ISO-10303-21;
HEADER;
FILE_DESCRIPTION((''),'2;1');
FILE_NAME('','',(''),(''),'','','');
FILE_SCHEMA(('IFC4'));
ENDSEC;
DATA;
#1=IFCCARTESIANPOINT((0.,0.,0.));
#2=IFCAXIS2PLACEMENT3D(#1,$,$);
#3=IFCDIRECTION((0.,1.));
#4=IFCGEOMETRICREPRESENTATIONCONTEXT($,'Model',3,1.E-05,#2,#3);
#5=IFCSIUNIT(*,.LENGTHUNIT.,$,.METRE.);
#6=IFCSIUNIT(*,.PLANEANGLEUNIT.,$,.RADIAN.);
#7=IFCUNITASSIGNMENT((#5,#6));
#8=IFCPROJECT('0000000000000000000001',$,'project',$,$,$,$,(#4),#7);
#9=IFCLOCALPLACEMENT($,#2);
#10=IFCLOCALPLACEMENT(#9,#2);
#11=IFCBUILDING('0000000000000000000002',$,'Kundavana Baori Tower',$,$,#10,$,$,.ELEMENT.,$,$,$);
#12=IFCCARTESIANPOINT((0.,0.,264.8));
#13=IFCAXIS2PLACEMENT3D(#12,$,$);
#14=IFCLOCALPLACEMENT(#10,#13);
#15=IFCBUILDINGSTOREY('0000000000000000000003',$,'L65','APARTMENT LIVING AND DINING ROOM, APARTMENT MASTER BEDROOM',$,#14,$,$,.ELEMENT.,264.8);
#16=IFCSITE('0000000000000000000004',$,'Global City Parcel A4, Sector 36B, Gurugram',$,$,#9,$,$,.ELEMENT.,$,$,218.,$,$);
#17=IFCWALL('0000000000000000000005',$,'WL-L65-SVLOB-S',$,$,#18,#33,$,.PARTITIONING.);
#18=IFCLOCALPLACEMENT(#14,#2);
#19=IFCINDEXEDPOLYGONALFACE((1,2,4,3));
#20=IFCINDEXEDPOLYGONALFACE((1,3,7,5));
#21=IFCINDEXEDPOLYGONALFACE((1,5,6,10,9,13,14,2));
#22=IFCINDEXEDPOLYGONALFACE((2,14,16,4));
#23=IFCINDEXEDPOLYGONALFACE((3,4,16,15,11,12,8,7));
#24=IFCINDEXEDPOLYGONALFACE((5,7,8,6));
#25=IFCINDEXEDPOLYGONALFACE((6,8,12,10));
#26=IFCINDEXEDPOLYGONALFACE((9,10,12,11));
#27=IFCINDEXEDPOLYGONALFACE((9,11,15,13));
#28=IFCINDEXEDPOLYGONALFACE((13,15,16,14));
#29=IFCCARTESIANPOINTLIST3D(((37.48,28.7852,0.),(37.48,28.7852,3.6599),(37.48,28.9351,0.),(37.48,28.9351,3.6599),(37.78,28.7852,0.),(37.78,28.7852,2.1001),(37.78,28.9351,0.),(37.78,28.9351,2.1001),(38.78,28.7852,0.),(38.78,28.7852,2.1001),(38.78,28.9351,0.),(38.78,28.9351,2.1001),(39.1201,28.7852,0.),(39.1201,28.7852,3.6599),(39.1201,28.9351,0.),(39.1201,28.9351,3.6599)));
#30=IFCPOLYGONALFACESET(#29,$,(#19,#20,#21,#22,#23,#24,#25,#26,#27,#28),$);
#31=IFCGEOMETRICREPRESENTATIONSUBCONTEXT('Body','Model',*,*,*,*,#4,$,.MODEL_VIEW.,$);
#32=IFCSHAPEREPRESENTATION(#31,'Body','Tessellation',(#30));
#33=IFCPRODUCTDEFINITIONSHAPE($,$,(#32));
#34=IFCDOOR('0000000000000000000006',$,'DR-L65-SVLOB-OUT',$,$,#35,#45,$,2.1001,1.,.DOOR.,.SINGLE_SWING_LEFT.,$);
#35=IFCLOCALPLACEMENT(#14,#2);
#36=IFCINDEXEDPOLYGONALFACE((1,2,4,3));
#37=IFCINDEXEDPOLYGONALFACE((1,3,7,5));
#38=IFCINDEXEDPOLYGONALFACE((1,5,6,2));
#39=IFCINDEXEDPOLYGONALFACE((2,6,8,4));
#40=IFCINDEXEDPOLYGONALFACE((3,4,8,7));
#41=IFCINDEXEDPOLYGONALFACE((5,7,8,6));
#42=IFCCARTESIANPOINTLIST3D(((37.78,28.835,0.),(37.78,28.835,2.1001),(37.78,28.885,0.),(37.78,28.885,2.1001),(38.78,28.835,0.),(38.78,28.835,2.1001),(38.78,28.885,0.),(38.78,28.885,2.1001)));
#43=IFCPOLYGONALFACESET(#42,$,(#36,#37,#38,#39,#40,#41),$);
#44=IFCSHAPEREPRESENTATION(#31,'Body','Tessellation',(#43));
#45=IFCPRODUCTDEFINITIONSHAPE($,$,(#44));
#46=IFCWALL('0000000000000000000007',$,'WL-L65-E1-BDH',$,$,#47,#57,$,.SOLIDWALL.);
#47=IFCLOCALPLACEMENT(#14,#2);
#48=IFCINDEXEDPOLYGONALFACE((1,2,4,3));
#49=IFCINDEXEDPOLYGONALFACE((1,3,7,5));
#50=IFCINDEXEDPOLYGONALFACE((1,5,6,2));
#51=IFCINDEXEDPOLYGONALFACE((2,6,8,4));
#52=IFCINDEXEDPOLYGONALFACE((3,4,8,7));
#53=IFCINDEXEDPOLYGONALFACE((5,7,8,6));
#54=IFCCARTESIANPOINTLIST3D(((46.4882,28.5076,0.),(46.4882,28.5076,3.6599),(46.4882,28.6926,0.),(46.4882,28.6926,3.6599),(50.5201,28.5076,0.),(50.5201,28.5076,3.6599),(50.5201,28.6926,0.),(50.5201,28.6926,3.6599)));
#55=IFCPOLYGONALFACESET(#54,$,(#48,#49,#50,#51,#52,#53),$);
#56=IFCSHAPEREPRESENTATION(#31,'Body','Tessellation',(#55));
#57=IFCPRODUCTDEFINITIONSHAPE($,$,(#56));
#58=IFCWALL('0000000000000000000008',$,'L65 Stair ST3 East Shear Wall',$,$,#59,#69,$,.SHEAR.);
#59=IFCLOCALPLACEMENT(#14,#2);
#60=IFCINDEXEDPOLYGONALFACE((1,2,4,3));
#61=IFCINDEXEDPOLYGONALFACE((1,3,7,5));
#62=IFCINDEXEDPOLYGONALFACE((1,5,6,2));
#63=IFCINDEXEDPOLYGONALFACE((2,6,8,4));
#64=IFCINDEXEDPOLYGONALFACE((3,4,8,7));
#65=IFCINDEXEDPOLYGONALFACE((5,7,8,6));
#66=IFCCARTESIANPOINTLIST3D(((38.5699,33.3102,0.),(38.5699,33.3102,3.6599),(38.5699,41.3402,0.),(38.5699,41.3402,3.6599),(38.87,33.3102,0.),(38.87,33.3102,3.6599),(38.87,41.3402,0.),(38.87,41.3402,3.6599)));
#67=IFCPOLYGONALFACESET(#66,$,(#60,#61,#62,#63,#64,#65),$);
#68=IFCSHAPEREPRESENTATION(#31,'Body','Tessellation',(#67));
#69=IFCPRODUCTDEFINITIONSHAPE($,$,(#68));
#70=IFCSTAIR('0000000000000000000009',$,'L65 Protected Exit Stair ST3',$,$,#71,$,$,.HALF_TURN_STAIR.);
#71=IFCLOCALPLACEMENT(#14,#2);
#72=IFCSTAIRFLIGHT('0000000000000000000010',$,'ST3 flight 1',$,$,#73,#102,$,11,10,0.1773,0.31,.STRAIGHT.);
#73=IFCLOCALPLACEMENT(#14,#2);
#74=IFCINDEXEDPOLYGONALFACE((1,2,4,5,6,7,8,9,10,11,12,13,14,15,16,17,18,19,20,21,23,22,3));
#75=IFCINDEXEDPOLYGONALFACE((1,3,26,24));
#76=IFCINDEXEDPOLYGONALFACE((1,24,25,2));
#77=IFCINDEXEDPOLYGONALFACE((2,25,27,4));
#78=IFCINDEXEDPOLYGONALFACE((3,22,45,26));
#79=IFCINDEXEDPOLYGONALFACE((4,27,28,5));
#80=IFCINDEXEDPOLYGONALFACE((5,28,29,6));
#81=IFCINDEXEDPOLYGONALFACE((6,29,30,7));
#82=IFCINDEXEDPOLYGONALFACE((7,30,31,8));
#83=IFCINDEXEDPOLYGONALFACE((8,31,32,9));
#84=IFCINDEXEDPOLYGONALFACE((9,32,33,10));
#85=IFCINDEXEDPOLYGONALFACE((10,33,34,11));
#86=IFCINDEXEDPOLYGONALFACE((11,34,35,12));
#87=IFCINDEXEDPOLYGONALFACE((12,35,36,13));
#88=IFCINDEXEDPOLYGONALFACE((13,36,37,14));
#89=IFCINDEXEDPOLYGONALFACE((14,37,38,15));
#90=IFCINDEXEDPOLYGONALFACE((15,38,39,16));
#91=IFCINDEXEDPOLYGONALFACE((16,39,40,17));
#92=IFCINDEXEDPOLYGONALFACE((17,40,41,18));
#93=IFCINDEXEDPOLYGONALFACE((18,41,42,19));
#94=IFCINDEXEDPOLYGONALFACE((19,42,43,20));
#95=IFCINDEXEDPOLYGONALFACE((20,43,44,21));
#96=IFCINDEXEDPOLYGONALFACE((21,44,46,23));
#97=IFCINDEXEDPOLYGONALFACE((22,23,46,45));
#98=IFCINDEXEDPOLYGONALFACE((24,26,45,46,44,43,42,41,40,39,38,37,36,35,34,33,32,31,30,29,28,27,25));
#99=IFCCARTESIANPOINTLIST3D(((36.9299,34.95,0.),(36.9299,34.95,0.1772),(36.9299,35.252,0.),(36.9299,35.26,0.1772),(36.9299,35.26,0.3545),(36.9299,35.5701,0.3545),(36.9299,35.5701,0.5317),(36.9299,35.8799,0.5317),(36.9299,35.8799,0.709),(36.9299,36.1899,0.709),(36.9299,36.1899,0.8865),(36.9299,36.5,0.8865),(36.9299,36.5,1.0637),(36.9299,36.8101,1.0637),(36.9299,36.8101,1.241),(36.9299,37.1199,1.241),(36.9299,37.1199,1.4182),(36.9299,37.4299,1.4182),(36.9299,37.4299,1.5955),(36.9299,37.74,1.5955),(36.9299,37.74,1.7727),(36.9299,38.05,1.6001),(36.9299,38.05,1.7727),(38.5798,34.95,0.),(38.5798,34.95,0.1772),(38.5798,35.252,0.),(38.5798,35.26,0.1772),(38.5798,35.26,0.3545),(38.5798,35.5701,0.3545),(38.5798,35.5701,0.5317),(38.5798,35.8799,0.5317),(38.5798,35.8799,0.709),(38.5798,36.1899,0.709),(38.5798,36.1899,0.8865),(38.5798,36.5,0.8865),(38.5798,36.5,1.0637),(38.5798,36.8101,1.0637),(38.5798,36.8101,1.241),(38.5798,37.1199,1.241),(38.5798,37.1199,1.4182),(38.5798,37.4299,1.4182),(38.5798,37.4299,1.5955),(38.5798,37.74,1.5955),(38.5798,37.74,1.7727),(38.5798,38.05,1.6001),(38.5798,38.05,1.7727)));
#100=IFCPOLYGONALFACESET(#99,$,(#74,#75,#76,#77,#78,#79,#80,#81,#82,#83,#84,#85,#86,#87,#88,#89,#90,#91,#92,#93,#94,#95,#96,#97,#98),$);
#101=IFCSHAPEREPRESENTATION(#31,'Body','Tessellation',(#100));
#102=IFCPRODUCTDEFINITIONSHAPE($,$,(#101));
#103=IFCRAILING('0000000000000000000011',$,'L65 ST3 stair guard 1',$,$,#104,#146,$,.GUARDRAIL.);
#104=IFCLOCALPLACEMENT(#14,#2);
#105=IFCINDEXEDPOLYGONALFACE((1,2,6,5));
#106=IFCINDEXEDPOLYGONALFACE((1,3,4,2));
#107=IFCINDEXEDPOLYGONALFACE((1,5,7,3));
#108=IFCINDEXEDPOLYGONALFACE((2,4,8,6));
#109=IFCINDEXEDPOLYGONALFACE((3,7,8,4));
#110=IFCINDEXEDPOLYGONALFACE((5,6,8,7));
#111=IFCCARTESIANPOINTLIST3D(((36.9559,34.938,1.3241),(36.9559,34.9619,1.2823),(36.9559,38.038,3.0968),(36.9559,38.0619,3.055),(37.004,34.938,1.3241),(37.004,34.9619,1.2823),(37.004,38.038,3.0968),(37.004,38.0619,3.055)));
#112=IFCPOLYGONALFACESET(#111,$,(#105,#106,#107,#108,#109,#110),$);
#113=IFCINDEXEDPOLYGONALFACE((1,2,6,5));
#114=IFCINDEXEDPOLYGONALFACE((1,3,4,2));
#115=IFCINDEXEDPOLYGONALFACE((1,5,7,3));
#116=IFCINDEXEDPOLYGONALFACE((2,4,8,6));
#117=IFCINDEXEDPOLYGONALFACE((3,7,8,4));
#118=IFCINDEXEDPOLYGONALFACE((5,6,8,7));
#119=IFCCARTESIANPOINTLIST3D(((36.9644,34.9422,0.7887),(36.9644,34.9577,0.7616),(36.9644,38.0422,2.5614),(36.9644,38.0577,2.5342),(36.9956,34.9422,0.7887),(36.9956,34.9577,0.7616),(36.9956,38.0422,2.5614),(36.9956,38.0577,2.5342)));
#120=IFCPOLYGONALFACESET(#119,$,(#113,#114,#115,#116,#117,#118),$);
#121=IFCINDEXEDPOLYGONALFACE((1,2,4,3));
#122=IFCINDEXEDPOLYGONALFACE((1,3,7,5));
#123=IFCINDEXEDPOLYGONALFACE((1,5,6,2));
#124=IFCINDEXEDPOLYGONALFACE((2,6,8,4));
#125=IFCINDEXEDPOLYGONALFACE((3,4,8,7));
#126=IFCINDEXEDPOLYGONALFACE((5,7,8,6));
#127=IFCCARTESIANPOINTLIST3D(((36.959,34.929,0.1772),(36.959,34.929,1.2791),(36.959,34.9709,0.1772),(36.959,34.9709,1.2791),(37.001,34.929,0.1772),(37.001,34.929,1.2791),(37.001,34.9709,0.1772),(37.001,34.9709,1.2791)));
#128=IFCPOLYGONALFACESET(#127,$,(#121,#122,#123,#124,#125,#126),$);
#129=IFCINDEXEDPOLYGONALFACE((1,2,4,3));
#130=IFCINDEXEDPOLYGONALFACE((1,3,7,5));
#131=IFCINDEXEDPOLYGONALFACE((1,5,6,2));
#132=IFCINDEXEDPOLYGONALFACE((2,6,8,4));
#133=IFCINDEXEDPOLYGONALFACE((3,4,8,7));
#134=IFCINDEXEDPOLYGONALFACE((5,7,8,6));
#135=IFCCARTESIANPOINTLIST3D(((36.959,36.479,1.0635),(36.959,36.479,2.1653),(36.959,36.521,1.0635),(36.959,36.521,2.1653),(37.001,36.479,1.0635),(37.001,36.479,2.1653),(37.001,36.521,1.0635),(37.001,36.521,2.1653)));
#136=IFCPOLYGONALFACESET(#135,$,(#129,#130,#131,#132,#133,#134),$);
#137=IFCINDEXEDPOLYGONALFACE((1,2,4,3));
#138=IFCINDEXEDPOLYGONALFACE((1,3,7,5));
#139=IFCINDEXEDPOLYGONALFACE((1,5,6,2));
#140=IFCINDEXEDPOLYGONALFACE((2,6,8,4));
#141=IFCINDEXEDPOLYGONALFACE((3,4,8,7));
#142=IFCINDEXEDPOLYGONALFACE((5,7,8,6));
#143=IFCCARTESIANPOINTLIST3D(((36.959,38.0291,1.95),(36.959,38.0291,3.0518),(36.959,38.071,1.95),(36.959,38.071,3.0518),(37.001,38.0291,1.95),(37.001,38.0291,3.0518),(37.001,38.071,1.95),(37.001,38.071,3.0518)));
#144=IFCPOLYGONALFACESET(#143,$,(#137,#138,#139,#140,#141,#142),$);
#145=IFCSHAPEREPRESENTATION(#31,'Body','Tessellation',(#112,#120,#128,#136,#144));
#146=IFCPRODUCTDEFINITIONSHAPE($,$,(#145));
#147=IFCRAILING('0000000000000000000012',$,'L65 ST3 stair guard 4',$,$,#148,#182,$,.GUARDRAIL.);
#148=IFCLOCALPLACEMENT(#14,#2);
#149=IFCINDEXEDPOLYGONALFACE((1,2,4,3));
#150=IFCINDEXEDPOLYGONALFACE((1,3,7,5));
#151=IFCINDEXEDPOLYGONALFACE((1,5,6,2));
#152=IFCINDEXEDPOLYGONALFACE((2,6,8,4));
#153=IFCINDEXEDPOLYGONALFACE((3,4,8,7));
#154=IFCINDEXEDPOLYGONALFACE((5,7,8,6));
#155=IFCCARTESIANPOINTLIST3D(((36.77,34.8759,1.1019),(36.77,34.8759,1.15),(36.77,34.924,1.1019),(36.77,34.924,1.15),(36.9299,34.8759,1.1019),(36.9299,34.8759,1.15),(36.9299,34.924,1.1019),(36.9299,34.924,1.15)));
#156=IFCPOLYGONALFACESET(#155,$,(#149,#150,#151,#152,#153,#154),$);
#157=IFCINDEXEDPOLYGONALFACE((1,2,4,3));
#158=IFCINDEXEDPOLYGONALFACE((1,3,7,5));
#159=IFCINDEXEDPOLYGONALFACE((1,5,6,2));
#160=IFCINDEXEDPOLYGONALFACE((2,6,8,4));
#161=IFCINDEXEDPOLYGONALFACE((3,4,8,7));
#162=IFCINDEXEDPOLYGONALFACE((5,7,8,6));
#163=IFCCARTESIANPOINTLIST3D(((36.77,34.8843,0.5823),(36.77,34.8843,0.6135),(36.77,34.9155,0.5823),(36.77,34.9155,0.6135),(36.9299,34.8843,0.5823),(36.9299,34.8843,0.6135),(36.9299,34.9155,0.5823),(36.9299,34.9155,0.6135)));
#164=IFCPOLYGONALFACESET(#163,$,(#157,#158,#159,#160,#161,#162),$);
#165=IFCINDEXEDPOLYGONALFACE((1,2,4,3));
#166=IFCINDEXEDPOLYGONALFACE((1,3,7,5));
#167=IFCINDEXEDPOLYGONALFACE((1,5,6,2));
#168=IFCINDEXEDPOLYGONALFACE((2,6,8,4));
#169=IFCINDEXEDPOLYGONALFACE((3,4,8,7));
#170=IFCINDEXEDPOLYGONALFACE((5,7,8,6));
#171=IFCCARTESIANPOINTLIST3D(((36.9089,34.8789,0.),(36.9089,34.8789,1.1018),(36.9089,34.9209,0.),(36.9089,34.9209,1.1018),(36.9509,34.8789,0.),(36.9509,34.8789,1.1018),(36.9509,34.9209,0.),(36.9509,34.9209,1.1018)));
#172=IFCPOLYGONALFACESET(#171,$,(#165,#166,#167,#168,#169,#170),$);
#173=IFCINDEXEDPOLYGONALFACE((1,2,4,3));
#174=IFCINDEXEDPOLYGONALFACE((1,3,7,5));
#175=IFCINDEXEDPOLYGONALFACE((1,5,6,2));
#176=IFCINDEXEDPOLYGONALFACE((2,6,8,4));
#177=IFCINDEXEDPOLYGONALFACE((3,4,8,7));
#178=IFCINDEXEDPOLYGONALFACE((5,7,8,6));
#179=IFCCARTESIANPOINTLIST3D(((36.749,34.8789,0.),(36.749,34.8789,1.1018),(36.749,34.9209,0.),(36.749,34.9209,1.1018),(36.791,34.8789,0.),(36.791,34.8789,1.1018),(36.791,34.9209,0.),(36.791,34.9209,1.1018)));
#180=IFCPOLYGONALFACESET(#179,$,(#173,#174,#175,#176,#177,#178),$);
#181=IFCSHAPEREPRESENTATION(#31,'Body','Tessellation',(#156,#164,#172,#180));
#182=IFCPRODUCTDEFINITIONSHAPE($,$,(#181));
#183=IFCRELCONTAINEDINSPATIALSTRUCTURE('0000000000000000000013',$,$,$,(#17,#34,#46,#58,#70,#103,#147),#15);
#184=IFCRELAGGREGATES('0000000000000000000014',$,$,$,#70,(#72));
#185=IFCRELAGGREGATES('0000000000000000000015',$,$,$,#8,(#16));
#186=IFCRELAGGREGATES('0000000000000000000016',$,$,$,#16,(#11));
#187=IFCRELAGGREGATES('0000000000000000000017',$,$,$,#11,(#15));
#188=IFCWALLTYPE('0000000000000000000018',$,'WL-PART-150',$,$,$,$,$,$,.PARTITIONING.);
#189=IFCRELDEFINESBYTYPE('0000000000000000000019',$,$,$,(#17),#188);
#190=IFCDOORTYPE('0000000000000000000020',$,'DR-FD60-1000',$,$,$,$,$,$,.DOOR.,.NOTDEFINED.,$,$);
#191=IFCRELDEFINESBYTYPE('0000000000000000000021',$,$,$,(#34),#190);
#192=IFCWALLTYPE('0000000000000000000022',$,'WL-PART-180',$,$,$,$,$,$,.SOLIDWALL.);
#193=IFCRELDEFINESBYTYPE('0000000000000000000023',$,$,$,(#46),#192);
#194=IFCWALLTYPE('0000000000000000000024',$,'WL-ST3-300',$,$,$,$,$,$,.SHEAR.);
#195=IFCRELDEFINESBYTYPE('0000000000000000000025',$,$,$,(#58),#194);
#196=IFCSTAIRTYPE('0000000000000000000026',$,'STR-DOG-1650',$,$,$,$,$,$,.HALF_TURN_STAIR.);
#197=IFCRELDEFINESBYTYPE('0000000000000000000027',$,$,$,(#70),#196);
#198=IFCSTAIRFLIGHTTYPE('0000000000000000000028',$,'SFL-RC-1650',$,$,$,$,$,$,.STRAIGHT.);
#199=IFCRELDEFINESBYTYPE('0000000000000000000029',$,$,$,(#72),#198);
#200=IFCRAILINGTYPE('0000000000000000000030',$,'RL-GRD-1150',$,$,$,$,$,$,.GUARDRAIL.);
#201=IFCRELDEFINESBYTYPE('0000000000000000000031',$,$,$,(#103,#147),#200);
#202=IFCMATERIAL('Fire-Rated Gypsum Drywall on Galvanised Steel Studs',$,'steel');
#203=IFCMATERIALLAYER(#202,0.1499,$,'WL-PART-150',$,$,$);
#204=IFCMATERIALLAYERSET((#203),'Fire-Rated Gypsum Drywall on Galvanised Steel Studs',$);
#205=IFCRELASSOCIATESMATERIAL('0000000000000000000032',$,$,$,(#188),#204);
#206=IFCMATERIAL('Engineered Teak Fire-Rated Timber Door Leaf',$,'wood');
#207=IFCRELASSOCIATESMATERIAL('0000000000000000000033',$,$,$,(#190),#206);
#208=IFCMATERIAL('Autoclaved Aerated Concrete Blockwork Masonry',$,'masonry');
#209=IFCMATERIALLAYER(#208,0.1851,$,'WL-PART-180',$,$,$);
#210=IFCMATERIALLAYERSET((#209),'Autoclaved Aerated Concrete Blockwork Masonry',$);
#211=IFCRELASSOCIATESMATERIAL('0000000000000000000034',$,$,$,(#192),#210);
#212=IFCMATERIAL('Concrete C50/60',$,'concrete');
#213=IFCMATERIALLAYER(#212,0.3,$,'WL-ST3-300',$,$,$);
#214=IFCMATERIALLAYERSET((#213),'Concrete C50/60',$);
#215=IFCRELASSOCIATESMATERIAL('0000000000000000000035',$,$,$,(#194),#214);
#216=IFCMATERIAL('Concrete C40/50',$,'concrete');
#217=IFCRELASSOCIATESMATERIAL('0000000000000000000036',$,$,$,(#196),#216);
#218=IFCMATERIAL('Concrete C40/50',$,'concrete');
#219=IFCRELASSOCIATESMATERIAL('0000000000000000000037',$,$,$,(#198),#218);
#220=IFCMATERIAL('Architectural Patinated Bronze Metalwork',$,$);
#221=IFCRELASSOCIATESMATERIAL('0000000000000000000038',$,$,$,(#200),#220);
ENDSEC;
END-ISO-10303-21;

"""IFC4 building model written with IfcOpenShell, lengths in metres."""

from ifc_helpers import new_model, si_unit, direction, frame, frame_2d, origin, origin_2d, place, context, subcontext, project, spatial, polyline, rectangle, outline, extrude, material, layer, layer_set, type_object, element, fill, aggregate, save


model = new_model("IFC4")

# Units and contexts
model_context = context("Model", 3, precision=1e-05, world=origin(), true_north=direction((0.0, 1.0)))
body_context = subcontext(model_context, "Body", "Model", "MODEL_VIEW")
ifc_project = project(units=[si_unit("LENGTHUNIT", "METRE"), si_unit("PLANEANGLEUNIT", "RADIAN")], contexts=[model_context])

# Site, building, storey
site_placement = place(None, origin())
site = spatial("IfcSite", under=ifc_project, at=site_placement, Name="Global City Parcel A4, Sector 36B, Gurugram", CompositionType="ELEMENT", RefElevation=218.0)
building_placement = place(site_placement, origin())
building = spatial("IfcBuilding", under=site, at=building_placement, Name="Kundavana Baori Tower", CompositionType="ELEMENT")
storey_placement = place(building_placement, frame((0.0, 0.0, 264.8)))
storey = spatial("IfcBuildingStorey", under=building, at=storey_placement, Name="L65", Description="APARTMENT LIVING AND DINING ROOM, APARTMENT MASTER BEDROOM", CompositionType="ELEMENT", Elevation=264.8)

# Shared definitions
ifc_material_1 = material(Name="Fire-Rated Gypsum Drywall on Galvanised Steel Studs", Category="steel")
ifc_layer_1 = layer(ifc_material_1, 0.1499, Name="WL-PART-150")
ifc_layer_set_1 = layer_set([ifc_layer_1], Name="Fire-Rated Gypsum Drywall on Galvanised Steel Studs")
wall_type_1 = type_object("IfcWallType", Name="WL-PART-150", PredefinedType="PARTITIONING", material=ifc_layer_set_1)

# Wall, opening, door
wall_1_placement = place(storey_placement, frame((37.48, 28.8601, 0.0), z_axis=(0.0, 0.0, 1.0), x_axis=(1.0, 0.0, 0.0)))
wall_1 = element("IfcWall", 1, at=wall_1_placement, inside=storey, type_object=wall_type_1, Name="WL-L65-SVLOB-S", PredefinedType="PARTITIONING", context=body_context, shape_type="SweptSolid", body=[
    extrude(rectangle(XDim=1.6401, YDim=0.1499, at=frame_2d((0.8201, 0.0))), origin(), (0.0, 0.0, 1.0), 3.6599),
])
opening_1_placement = place(wall_1_placement, frame((0.3, 0.0, 0.0)))
opening_1 = element("IfcOpeningElement", 2, at=opening_1_placement, cuts=wall_1, PredefinedType="OPENING", context=body_context, shape_type="SweptSolid", body=[
    extrude(rectangle(XDim=1.0, YDim=2.1001, at=frame_2d((0.5, 1.05))), frame((0.0, 0.085, 0.0), z_axis=(0.0, -1.0, 0.0), x_axis=(1.0, 0.0, 0.0)), (0.0, 0.0, 1.0), 0.1699),
])
ifc_material_2 = material(Name="Engineered Teak Fire-Rated Timber Door Leaf", Category="wood")
door_type_1 = type_object("IfcDoorType", Name="DR-FD60-1000", OperationType="NOTDEFINED", PredefinedType="DOOR", material=ifc_material_2)
door_1_placement = place(opening_1_placement, origin())
door_1 = element("IfcDoor", 3, at=door_1_placement, inside=storey, type_object=door_type_1, Name="DR-L65-SVLOB-OUT", OperationType="SINGLE_SWING_LEFT", OverallHeight=2.1001, OverallWidth=1.0, PredefinedType="DOOR", context=body_context, shape_type="SweptSolid", body=[
    extrude(rectangle(XDim=1.0, YDim=2.1001, at=frame_2d((0.5, 1.05))), frame((0.0, 0.0249, 0.0), z_axis=(0.0, -1.0, 0.0), x_axis=(1.0, 0.0, 0.0)), (0.0, 0.0, 1.0), 0.05),
])
fill(opening_1, door_1)

# Wall
ifc_material_3 = material(Name="Autoclaved Aerated Concrete Blockwork Masonry", Category="masonry")
ifc_layer_2 = layer(ifc_material_3, 0.1851, Name="WL-PART-180")
ifc_layer_set_2 = layer_set([ifc_layer_2], Name="Autoclaved Aerated Concrete Blockwork Masonry")
wall_type_2 = type_object("IfcWallType", Name="WL-PART-180", PredefinedType="SOLIDWALL", material=ifc_layer_set_2)
wall_2_placement = place(storey_placement, frame((46.488, 28.6001, 0.0), z_axis=(0.0, 0.0, 1.0), x_axis=(1.0, 0.0, 0.0)))
element("IfcWall", 4, at=wall_2_placement, inside=storey, type_object=wall_type_2, Name="WL-L65-E1-BDH", PredefinedType="SOLIDWALL", context=body_context, shape_type="SweptSolid", body=[
    extrude(rectangle(XDim=4.032, YDim=0.1851, at=frame_2d((2.0161, 0.0))), origin(), (0.0, 0.0, 1.0), 3.6599),
])

# Wall
ifc_material_4 = material(Name="Concrete C50/60", Category="concrete")
ifc_layer_3 = layer(ifc_material_4, 0.3, Name="WL-ST3-300")
ifc_layer_set_3 = layer_set([ifc_layer_3], Name="Concrete C50/60")
wall_type_3 = type_object("IfcWallType", Name="WL-ST3-300", PredefinedType="SHEAR", material=ifc_layer_set_3)
wall_3_placement = place(storey_placement, frame((38.72, 33.3101, 0.0), z_axis=(0.0, 0.0, 1.0), x_axis=(0.0, 1.0, 0.0)))
element("IfcWall", 5, at=wall_3_placement, inside=storey, type_object=wall_type_3, Name="L65 Stair ST3 East Shear Wall", PredefinedType="SHEAR", context=body_context, shape_type="SweptSolid", body=[
    extrude(rectangle(XDim=8.03, YDim=0.3, at=frame_2d((4.0151, 0.0))), origin(), (0.0, 0.0, 1.0), 3.6599),
])

# Stair, stair flight
ifc_material_5 = material(Name="Concrete C40/50", Category="concrete")
stair_type = type_object("IfcStairType", Name="STR-DOG-1650", PredefinedType="HALF_TURN_STAIR", material=ifc_material_5)
stair_placement = place(storey_placement, origin())
stair = element("IfcStair", 6, at=stair_placement, inside=storey, type_object=stair_type, Name="L65 Protected Exit Stair ST3", PredefinedType="HALF_TURN_STAIR")
ifc_material_6 = material(Name="Concrete C40/50", Category="concrete")
stair_flight_type = type_object("IfcStairFlightType", Name="SFL-RC-1650", PredefinedType="STRAIGHT", material=ifc_material_6)
stair_flight_placement = place(storey_placement, frame((37.7549, 34.95, 0.0), z_axis=(0.0, 0.0, 1.0), x_axis=(0.0, 1.0, 0.0)))
stair_flight = element("IfcStairFlight", 7, at=stair_flight_placement, type_object=stair_flight_type, Name="ST3 flight 1", NumberOfRisers=11, NumberOfTreads=10, PredefinedType="STRAIGHT", RiserHeight=0.1773, TreadLength=0.31, context=body_context, shape_type="SweptSolid", body=[
    extrude(outline(polyline([(0.0, 0.0), (0.0, 0.1772), (0.3101, 0.1772), (0.3101, 0.3545), (0.6201, 0.3545), (0.6201, 0.5317), (0.9299, 0.5317), (0.9299, 0.709), (1.24, 0.709), (1.24, 0.8865), (1.55, 0.8865), (1.55, 1.0637), (1.8601, 1.0637), (1.8601, 1.241), (2.1699, 1.241), (2.1699, 1.4182), (2.48, 1.4182), (2.48, 1.5955), (2.79, 1.5955), (2.79, 1.7727), (3.1001, 1.7727), (3.1001, 1.95), (3.1001, 1.6001), (0.302, 0.0), (0.0, 0.0)])), frame((0.0, 0.825, 0.0), z_axis=(0.0, -1.0, 0.0), x_axis=(1.0, 0.0, 0.0)), (0.0, 0.0, 1.0), 1.6499),
])
aggregate(stair, [stair_flight])

# Railings
ifc_material_7 = material(Name="Architectural Patinated Bronze Metalwork")
railing_type_1 = type_object("IfcRailingType", Name="RL-GRD-1150", PredefinedType="GUARDRAIL", material=ifc_material_7)
railing_1_placement = place(storey_placement, frame((36.98, 34.95, 0.1772)))
element("IfcRailing", 8, at=railing_1_placement, inside=storey, type_object=railing_type_1, Name="L65 ST3 stair guard 1", PredefinedType="GUARDRAIL", context=body_context, shape_type="SweptSolid", body=[
    extrude(rectangle(XDim=0.0481, YDim=0.0481, at=origin_2d()), frame((0.0, 0.0, 1.126), z_axis=(0.0, 0.868096, 0.496397), x_axis=(-1.0, 0.0, 0.0)), (0.0, 0.0, 1.0), 3.571),
    extrude(rectangle(XDim=0.0312, YDim=0.0312, at=origin_2d()), frame((0.0, 0.0, 0.5979), z_axis=(0.0, 0.868096, 0.496397), x_axis=(-1.0, 0.0, 0.0)), (0.0, 0.0, 1.0), 3.571),
    extrude(rectangle(XDim=0.042, YDim=0.042, at=origin_2d()), origin(), (0.0, 0.0, 1.0), 1.1018),
    extrude(rectangle(XDim=0.042, YDim=0.042, at=origin_2d()), frame((0.0, 1.55, 0.8862)), (0.0, 0.0, 1.0), 1.1018),
    extrude(rectangle(XDim=0.042, YDim=0.042, at=origin_2d()), frame((0.0, 3.1001, 1.7727)), (0.0, 0.0, 1.0), 1.1018),
])
railing_2_placement = place(storey_placement, frame((36.9299, 34.8999, 0.0)))
element("IfcRailing", 9, at=railing_2_placement, inside=storey, type_object=railing_type_1, Name="L65 ST3 stair guard 4", PredefinedType="GUARDRAIL", context=body_context, shape_type="SweptSolid", body=[
    extrude(rectangle(XDim=0.0481, YDim=0.0481, at=origin_2d()), frame((0.0, 0.0, 1.126), z_axis=(-1.0, 0.0, 0.0), x_axis=(0.0, -1.0, 0.0)), (0.0, 0.0, 1.0), 0.1599),
    extrude(rectangle(XDim=0.0312, YDim=0.0312, at=origin_2d()), frame((0.0, 0.0, 0.5979), z_axis=(-1.0, 0.0, 0.0), x_axis=(0.0, -1.0, 0.0)), (0.0, 0.0, 1.0), 0.1599),
    extrude(rectangle(XDim=0.042, YDim=0.042, at=origin_2d()), origin(), (0.0, 0.0, 1.0), 1.1018),
    extrude(rectangle(XDim=0.042, YDim=0.042, at=origin_2d()), frame((-0.1599, 0.0, 0.0)), (0.0, 0.0, 1.0), 1.1018),
])

save(model, "model.ifc")
